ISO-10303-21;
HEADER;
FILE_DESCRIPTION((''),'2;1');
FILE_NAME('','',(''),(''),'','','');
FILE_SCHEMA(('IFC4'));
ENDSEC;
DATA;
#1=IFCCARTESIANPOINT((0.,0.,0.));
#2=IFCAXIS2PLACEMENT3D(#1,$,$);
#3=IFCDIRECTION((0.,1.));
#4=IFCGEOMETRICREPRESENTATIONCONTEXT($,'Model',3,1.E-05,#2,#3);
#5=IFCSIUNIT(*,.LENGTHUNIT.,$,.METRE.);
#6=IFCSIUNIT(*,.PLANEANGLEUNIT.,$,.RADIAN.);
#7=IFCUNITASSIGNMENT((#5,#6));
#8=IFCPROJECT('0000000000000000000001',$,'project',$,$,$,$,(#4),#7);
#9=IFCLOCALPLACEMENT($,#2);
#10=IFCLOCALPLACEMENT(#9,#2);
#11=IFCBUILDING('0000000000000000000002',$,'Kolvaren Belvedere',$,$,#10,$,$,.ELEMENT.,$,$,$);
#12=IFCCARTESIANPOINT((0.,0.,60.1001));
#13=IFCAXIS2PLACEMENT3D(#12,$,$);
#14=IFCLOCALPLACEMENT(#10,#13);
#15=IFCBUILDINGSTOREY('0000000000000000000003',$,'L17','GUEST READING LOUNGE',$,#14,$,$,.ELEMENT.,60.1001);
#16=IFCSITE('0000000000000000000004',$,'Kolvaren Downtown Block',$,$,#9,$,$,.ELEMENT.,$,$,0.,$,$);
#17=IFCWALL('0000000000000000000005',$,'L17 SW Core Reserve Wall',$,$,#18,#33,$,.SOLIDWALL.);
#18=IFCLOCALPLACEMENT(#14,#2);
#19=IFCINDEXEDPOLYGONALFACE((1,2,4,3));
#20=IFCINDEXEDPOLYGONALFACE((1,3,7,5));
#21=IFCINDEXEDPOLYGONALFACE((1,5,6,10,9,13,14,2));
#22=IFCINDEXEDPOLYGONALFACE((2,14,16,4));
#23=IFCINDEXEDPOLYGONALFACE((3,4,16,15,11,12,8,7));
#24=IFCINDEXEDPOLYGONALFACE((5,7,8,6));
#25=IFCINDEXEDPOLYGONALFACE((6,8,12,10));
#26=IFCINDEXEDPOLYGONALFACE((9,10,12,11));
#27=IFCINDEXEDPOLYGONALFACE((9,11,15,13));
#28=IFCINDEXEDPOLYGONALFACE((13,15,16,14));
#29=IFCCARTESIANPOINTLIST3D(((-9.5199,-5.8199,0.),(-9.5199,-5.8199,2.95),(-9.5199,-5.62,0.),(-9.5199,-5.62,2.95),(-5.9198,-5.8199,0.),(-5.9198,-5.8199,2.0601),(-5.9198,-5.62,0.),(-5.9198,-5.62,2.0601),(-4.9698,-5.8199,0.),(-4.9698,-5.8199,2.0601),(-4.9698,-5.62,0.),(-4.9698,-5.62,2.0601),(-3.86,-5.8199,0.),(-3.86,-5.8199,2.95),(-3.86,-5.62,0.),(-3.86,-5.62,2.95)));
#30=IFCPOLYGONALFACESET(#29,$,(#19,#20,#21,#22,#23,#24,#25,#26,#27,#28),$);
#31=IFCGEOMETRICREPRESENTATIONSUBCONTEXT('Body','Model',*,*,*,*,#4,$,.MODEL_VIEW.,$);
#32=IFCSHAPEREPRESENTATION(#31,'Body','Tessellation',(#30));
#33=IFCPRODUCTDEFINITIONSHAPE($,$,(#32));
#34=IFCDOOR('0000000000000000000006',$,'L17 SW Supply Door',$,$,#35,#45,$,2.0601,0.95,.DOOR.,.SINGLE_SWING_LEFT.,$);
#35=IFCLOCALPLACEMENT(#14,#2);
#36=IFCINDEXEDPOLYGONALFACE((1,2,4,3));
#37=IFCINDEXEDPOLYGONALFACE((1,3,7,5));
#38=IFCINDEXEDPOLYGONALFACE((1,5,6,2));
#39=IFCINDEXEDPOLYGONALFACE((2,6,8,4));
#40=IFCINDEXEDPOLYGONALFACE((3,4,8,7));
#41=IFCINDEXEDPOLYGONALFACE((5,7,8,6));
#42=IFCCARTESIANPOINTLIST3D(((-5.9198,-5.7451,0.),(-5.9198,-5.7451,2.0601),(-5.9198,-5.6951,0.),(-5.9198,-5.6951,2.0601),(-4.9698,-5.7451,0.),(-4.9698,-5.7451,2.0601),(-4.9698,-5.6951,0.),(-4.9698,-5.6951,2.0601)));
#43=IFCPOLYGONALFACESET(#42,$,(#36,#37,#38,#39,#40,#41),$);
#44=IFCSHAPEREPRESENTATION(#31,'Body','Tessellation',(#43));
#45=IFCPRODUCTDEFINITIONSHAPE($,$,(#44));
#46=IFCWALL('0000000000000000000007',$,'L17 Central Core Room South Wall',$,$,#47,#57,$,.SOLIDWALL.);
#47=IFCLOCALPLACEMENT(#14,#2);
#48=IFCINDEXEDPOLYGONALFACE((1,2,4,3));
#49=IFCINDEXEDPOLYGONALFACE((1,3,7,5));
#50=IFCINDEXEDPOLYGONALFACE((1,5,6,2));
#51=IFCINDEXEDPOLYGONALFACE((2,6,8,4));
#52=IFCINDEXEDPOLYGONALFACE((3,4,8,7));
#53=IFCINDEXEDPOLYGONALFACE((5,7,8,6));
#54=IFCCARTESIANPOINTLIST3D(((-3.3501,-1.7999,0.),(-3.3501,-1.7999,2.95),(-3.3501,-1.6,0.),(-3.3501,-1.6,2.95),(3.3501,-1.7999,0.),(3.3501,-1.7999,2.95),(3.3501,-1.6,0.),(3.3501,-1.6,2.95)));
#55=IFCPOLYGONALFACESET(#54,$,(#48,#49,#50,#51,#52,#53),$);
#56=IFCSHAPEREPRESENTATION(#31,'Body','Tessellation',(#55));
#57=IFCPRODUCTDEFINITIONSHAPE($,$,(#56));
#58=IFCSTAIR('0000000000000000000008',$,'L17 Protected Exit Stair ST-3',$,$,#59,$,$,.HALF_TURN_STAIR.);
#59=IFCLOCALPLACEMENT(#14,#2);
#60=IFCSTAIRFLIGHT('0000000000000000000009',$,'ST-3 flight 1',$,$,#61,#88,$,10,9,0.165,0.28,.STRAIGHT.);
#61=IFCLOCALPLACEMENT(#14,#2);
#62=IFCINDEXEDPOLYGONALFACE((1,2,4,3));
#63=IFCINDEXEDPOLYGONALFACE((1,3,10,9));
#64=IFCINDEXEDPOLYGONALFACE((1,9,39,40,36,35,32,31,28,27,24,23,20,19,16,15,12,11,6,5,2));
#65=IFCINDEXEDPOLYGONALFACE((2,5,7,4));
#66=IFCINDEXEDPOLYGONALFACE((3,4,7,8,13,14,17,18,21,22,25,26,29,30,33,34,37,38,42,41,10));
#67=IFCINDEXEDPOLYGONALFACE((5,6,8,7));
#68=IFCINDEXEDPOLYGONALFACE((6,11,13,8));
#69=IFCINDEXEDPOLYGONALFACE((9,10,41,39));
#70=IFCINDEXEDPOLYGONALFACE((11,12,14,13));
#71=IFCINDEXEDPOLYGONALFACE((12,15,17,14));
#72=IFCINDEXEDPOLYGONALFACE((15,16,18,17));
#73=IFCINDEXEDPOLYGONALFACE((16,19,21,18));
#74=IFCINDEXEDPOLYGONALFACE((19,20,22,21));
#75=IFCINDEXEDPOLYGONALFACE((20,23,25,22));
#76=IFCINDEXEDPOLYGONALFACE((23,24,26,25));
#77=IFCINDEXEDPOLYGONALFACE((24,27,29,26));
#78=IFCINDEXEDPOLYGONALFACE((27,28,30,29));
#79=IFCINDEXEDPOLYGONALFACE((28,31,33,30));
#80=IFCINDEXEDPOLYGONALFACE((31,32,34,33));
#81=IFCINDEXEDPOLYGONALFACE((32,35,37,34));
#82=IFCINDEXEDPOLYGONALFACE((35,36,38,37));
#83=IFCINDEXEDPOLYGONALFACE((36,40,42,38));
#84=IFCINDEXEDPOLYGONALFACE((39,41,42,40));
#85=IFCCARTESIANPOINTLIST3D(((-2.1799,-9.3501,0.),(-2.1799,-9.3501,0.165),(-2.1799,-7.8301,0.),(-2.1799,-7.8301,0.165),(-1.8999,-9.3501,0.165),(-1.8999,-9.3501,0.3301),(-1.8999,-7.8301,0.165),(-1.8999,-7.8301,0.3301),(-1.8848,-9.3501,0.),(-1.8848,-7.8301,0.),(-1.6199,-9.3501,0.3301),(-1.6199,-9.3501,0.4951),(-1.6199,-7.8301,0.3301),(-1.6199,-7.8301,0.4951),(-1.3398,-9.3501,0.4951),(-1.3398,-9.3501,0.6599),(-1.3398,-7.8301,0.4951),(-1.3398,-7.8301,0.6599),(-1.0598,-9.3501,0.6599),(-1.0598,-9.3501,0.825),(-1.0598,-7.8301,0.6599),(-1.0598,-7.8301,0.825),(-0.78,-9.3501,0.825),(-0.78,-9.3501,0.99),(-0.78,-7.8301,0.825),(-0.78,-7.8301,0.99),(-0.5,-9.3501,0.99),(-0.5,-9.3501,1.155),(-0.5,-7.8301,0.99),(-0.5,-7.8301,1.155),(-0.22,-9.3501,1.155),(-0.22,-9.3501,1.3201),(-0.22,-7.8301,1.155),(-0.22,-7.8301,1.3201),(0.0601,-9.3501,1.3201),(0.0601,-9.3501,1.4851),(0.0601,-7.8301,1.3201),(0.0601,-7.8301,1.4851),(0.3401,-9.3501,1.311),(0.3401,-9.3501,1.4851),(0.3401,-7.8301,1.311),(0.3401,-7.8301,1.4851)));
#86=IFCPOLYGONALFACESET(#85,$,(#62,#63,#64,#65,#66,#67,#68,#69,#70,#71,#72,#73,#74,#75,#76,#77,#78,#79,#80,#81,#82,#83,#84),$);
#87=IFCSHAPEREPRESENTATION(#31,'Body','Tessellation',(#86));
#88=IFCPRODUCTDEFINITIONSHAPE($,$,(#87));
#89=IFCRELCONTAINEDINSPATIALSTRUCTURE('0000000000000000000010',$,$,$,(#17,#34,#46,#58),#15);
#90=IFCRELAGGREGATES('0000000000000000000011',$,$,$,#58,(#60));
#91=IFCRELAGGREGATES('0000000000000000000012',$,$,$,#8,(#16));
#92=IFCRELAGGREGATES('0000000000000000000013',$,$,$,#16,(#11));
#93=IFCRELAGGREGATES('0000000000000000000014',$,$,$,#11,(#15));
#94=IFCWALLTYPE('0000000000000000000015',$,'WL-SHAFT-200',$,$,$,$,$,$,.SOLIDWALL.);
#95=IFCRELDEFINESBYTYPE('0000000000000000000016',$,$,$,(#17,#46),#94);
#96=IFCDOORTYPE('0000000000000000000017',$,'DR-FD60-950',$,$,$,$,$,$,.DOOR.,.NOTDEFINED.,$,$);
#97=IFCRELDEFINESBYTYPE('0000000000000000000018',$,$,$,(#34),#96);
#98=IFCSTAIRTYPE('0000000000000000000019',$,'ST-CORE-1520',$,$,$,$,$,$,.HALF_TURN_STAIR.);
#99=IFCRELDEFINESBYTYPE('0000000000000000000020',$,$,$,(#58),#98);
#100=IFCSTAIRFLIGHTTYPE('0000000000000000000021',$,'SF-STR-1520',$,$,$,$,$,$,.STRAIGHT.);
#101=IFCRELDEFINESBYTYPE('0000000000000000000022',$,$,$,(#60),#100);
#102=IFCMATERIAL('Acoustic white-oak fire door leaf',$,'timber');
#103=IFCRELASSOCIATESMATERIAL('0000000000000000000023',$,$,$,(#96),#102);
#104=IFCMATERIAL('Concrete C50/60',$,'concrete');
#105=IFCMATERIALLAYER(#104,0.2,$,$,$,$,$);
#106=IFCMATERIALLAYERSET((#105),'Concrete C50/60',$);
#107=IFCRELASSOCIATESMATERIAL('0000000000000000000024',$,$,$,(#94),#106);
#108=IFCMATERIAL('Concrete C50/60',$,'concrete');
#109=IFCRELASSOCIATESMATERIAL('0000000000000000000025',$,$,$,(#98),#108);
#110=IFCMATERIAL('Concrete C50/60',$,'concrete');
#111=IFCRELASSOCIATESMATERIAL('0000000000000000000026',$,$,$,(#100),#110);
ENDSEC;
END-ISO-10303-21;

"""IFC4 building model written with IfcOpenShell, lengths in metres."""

from ifc_helpers import new_model, si_unit, direction, frame, frame_2d, origin, place, context, subcontext, project, spatial, polyline, rectangle, outline, extrude, material, layer, layer_set, type_object, element, fill, aggregate, save


model = new_model("IFC4")

# Units and contexts
model_context = context("Model", 3, precision=1e-05, world=origin(), true_north=direction((0.0, 1.0)))
body_context = subcontext(model_context, "Body", "Model", "MODEL_VIEW")
ifc_project = project(units=[si_unit("LENGTHUNIT", "METRE"), si_unit("PLANEANGLEUNIT", "RADIAN")], contexts=[model_context])

# Site, building, storey
site_placement = place(None, origin())
site = spatial("IfcSite", under=ifc_project, at=site_placement, Name="Kolvaren Downtown Block", CompositionType="ELEMENT", RefElevation=0.0)
building_placement = place(site_placement, origin())
building = spatial("IfcBuilding", under=site, at=building_placement, Name="Kolvaren Belvedere", CompositionType="ELEMENT")
storey_placement = place(building_placement, frame((0.0, 0.0, 60.1001)))
storey = spatial("IfcBuildingStorey", under=building, at=storey_placement, Name="L17", Description="GUEST READING LOUNGE", CompositionType="ELEMENT", Elevation=60.1001)

# Shared definitions
ifc_material_1 = material(Name="Acoustic white-oak fire door leaf", Category="timber")
door_type_1 = type_object("IfcDoorType", Name="DR-FD60-950", OperationType="NOTDEFINED", PredefinedType="DOOR", material=ifc_material_1)

# Shared definitions
ifc_material_2 = material(Name="Concrete C50/60", Category="concrete")
ifc_layer_1 = layer(ifc_material_2, 0.2)
ifc_layer_set_1 = layer_set([ifc_layer_1], Name="Concrete C50/60")
wall_type_1 = type_object("IfcWallType", Name="WL-SHAFT-200", PredefinedType="SOLIDWALL", material=ifc_layer_set_1)

# Wall, opening, door
wall_1_placement = place(storey_placement, frame((-9.52, -5.72, 0.0), z_axis=(0.0, 0.0, 1.0), x_axis=(1.0, 0.0, 0.0)))
wall_1 = element("IfcWall", 1, at=wall_1_placement, inside=storey, type_object=wall_type_1, Name="L17 SW Core Reserve Wall", PredefinedType="SOLIDWALL", context=body_context, shape_type="SweptSolid", body=[
    extrude(rectangle(XDim=5.6599, YDim=0.2, at=frame_2d((2.8301, 0.0))), origin(), (0.0, 0.0, 1.0), 2.95),
])
opening_1_placement = place(wall_1_placement, frame((3.6001, 0.0, 0.0)))
opening_1 = element("IfcOpeningElement", 2, at=opening_1_placement, cuts=wall_1, PredefinedType="OPENING", context=body_context, shape_type="SweptSolid", body=[
    extrude(rectangle(XDim=0.95, YDim=2.0601, at=frame_2d((0.4751, 1.03))), frame((0.0, 0.1099, 0.0), z_axis=(0.0, -1.0, 0.0), x_axis=(1.0, 0.0, 0.0)), (0.0, 0.0, 1.0), 0.22),
])
door_1_placement = place(opening_1_placement, origin())
door_1 = element("IfcDoor", 3, at=door_1_placement, inside=storey, type_object=door_type_1, Name="L17 SW Supply Door", OperationType="SINGLE_SWING_LEFT", OverallHeight=2.0601, OverallWidth=0.95, PredefinedType="DOOR", context=body_context, shape_type="SweptSolid", body=[
    extrude(rectangle(XDim=0.95, YDim=2.0601, at=frame_2d((0.4751, 1.03))), frame((0.0, 0.0249, 0.0), z_axis=(0.0, -1.0, 0.0), x_axis=(1.0, 0.0, 0.0)), (0.0, 0.0, 1.0), 0.05),
])
fill(opening_1, door_1)

# Wall
wall_2_placement = place(storey_placement, frame((-3.3501, -1.7, 0.0), z_axis=(0.0, 0.0, 1.0), x_axis=(1.0, 0.0, 0.0)))
element("IfcWall", 4, at=wall_2_placement, inside=storey, type_object=wall_type_1, Name="L17 Central Core Room South Wall", PredefinedType="SOLIDWALL", context=body_context, shape_type="SweptSolid", body=[
    extrude(rectangle(XDim=6.7002, YDim=0.2, at=frame_2d((3.3501, 0.0))), origin(), (0.0, 0.0, 1.0), 2.95),
])

# Stair, stair flight
ifc_material_3 = material(Name="Concrete C50/60", Category="concrete")
stair_type = type_object("IfcStairType", Name="ST-CORE-1520", PredefinedType="HALF_TURN_STAIR", material=ifc_material_3)
stair_placement = place(storey_placement, origin())
stair = element("IfcStair", 5, at=stair_placement, inside=storey, type_object=stair_type, Name="L17 Protected Exit Stair ST-3", PredefinedType="HALF_TURN_STAIR")
ifc_material_4 = material(Name="Concrete C50/60", Category="concrete")
stair_flight_type = type_object("IfcStairFlightType", Name="SF-STR-1520", PredefinedType="STRAIGHT", material=ifc_material_4)
stair_flight_placement = place(storey_placement, frame((-2.1799, -8.5901, 0.0), z_axis=(0.0, 0.0, 1.0), x_axis=(1.0, 0.0, 0.0)))
stair_flight = element("IfcStairFlight", 6, at=stair_flight_placement, type_object=stair_flight_type, Name="ST-3 flight 1", NumberOfRisers=10, NumberOfTreads=9, PredefinedType="STRAIGHT", RiserHeight=0.165, TreadLength=0.28, context=body_context, shape_type="SweptSolid", body=[
    extrude(outline(polyline([(0.0, 0.0), (0.0, 0.165), (0.28, 0.165), (0.28, 0.3301), (0.5601, 0.3301), (0.5601, 0.4951), (0.8401, 0.4951), (0.8401, 0.6599), (1.1201, 0.6599), (1.1201, 0.825), (1.3999, 0.825), (1.3999, 0.99), (1.6799, 0.99), (1.6799, 1.155), (1.96, 1.155), (1.96, 1.3201), (2.24, 1.3201), (2.24, 1.4851), (2.52, 1.4851), (2.52, 1.6499), (2.52, 1.311), (0.2952, 0.0), (0.0, 0.0)])), frame((0.0, 0.76, 0.0), z_axis=(0.0, -1.0, 0.0), x_axis=(1.0, 0.0, 0.0)), (0.0, 0.0, 1.0), 1.52),
])
aggregate(stair, [stair_flight])

save(model, "model.ifc")
